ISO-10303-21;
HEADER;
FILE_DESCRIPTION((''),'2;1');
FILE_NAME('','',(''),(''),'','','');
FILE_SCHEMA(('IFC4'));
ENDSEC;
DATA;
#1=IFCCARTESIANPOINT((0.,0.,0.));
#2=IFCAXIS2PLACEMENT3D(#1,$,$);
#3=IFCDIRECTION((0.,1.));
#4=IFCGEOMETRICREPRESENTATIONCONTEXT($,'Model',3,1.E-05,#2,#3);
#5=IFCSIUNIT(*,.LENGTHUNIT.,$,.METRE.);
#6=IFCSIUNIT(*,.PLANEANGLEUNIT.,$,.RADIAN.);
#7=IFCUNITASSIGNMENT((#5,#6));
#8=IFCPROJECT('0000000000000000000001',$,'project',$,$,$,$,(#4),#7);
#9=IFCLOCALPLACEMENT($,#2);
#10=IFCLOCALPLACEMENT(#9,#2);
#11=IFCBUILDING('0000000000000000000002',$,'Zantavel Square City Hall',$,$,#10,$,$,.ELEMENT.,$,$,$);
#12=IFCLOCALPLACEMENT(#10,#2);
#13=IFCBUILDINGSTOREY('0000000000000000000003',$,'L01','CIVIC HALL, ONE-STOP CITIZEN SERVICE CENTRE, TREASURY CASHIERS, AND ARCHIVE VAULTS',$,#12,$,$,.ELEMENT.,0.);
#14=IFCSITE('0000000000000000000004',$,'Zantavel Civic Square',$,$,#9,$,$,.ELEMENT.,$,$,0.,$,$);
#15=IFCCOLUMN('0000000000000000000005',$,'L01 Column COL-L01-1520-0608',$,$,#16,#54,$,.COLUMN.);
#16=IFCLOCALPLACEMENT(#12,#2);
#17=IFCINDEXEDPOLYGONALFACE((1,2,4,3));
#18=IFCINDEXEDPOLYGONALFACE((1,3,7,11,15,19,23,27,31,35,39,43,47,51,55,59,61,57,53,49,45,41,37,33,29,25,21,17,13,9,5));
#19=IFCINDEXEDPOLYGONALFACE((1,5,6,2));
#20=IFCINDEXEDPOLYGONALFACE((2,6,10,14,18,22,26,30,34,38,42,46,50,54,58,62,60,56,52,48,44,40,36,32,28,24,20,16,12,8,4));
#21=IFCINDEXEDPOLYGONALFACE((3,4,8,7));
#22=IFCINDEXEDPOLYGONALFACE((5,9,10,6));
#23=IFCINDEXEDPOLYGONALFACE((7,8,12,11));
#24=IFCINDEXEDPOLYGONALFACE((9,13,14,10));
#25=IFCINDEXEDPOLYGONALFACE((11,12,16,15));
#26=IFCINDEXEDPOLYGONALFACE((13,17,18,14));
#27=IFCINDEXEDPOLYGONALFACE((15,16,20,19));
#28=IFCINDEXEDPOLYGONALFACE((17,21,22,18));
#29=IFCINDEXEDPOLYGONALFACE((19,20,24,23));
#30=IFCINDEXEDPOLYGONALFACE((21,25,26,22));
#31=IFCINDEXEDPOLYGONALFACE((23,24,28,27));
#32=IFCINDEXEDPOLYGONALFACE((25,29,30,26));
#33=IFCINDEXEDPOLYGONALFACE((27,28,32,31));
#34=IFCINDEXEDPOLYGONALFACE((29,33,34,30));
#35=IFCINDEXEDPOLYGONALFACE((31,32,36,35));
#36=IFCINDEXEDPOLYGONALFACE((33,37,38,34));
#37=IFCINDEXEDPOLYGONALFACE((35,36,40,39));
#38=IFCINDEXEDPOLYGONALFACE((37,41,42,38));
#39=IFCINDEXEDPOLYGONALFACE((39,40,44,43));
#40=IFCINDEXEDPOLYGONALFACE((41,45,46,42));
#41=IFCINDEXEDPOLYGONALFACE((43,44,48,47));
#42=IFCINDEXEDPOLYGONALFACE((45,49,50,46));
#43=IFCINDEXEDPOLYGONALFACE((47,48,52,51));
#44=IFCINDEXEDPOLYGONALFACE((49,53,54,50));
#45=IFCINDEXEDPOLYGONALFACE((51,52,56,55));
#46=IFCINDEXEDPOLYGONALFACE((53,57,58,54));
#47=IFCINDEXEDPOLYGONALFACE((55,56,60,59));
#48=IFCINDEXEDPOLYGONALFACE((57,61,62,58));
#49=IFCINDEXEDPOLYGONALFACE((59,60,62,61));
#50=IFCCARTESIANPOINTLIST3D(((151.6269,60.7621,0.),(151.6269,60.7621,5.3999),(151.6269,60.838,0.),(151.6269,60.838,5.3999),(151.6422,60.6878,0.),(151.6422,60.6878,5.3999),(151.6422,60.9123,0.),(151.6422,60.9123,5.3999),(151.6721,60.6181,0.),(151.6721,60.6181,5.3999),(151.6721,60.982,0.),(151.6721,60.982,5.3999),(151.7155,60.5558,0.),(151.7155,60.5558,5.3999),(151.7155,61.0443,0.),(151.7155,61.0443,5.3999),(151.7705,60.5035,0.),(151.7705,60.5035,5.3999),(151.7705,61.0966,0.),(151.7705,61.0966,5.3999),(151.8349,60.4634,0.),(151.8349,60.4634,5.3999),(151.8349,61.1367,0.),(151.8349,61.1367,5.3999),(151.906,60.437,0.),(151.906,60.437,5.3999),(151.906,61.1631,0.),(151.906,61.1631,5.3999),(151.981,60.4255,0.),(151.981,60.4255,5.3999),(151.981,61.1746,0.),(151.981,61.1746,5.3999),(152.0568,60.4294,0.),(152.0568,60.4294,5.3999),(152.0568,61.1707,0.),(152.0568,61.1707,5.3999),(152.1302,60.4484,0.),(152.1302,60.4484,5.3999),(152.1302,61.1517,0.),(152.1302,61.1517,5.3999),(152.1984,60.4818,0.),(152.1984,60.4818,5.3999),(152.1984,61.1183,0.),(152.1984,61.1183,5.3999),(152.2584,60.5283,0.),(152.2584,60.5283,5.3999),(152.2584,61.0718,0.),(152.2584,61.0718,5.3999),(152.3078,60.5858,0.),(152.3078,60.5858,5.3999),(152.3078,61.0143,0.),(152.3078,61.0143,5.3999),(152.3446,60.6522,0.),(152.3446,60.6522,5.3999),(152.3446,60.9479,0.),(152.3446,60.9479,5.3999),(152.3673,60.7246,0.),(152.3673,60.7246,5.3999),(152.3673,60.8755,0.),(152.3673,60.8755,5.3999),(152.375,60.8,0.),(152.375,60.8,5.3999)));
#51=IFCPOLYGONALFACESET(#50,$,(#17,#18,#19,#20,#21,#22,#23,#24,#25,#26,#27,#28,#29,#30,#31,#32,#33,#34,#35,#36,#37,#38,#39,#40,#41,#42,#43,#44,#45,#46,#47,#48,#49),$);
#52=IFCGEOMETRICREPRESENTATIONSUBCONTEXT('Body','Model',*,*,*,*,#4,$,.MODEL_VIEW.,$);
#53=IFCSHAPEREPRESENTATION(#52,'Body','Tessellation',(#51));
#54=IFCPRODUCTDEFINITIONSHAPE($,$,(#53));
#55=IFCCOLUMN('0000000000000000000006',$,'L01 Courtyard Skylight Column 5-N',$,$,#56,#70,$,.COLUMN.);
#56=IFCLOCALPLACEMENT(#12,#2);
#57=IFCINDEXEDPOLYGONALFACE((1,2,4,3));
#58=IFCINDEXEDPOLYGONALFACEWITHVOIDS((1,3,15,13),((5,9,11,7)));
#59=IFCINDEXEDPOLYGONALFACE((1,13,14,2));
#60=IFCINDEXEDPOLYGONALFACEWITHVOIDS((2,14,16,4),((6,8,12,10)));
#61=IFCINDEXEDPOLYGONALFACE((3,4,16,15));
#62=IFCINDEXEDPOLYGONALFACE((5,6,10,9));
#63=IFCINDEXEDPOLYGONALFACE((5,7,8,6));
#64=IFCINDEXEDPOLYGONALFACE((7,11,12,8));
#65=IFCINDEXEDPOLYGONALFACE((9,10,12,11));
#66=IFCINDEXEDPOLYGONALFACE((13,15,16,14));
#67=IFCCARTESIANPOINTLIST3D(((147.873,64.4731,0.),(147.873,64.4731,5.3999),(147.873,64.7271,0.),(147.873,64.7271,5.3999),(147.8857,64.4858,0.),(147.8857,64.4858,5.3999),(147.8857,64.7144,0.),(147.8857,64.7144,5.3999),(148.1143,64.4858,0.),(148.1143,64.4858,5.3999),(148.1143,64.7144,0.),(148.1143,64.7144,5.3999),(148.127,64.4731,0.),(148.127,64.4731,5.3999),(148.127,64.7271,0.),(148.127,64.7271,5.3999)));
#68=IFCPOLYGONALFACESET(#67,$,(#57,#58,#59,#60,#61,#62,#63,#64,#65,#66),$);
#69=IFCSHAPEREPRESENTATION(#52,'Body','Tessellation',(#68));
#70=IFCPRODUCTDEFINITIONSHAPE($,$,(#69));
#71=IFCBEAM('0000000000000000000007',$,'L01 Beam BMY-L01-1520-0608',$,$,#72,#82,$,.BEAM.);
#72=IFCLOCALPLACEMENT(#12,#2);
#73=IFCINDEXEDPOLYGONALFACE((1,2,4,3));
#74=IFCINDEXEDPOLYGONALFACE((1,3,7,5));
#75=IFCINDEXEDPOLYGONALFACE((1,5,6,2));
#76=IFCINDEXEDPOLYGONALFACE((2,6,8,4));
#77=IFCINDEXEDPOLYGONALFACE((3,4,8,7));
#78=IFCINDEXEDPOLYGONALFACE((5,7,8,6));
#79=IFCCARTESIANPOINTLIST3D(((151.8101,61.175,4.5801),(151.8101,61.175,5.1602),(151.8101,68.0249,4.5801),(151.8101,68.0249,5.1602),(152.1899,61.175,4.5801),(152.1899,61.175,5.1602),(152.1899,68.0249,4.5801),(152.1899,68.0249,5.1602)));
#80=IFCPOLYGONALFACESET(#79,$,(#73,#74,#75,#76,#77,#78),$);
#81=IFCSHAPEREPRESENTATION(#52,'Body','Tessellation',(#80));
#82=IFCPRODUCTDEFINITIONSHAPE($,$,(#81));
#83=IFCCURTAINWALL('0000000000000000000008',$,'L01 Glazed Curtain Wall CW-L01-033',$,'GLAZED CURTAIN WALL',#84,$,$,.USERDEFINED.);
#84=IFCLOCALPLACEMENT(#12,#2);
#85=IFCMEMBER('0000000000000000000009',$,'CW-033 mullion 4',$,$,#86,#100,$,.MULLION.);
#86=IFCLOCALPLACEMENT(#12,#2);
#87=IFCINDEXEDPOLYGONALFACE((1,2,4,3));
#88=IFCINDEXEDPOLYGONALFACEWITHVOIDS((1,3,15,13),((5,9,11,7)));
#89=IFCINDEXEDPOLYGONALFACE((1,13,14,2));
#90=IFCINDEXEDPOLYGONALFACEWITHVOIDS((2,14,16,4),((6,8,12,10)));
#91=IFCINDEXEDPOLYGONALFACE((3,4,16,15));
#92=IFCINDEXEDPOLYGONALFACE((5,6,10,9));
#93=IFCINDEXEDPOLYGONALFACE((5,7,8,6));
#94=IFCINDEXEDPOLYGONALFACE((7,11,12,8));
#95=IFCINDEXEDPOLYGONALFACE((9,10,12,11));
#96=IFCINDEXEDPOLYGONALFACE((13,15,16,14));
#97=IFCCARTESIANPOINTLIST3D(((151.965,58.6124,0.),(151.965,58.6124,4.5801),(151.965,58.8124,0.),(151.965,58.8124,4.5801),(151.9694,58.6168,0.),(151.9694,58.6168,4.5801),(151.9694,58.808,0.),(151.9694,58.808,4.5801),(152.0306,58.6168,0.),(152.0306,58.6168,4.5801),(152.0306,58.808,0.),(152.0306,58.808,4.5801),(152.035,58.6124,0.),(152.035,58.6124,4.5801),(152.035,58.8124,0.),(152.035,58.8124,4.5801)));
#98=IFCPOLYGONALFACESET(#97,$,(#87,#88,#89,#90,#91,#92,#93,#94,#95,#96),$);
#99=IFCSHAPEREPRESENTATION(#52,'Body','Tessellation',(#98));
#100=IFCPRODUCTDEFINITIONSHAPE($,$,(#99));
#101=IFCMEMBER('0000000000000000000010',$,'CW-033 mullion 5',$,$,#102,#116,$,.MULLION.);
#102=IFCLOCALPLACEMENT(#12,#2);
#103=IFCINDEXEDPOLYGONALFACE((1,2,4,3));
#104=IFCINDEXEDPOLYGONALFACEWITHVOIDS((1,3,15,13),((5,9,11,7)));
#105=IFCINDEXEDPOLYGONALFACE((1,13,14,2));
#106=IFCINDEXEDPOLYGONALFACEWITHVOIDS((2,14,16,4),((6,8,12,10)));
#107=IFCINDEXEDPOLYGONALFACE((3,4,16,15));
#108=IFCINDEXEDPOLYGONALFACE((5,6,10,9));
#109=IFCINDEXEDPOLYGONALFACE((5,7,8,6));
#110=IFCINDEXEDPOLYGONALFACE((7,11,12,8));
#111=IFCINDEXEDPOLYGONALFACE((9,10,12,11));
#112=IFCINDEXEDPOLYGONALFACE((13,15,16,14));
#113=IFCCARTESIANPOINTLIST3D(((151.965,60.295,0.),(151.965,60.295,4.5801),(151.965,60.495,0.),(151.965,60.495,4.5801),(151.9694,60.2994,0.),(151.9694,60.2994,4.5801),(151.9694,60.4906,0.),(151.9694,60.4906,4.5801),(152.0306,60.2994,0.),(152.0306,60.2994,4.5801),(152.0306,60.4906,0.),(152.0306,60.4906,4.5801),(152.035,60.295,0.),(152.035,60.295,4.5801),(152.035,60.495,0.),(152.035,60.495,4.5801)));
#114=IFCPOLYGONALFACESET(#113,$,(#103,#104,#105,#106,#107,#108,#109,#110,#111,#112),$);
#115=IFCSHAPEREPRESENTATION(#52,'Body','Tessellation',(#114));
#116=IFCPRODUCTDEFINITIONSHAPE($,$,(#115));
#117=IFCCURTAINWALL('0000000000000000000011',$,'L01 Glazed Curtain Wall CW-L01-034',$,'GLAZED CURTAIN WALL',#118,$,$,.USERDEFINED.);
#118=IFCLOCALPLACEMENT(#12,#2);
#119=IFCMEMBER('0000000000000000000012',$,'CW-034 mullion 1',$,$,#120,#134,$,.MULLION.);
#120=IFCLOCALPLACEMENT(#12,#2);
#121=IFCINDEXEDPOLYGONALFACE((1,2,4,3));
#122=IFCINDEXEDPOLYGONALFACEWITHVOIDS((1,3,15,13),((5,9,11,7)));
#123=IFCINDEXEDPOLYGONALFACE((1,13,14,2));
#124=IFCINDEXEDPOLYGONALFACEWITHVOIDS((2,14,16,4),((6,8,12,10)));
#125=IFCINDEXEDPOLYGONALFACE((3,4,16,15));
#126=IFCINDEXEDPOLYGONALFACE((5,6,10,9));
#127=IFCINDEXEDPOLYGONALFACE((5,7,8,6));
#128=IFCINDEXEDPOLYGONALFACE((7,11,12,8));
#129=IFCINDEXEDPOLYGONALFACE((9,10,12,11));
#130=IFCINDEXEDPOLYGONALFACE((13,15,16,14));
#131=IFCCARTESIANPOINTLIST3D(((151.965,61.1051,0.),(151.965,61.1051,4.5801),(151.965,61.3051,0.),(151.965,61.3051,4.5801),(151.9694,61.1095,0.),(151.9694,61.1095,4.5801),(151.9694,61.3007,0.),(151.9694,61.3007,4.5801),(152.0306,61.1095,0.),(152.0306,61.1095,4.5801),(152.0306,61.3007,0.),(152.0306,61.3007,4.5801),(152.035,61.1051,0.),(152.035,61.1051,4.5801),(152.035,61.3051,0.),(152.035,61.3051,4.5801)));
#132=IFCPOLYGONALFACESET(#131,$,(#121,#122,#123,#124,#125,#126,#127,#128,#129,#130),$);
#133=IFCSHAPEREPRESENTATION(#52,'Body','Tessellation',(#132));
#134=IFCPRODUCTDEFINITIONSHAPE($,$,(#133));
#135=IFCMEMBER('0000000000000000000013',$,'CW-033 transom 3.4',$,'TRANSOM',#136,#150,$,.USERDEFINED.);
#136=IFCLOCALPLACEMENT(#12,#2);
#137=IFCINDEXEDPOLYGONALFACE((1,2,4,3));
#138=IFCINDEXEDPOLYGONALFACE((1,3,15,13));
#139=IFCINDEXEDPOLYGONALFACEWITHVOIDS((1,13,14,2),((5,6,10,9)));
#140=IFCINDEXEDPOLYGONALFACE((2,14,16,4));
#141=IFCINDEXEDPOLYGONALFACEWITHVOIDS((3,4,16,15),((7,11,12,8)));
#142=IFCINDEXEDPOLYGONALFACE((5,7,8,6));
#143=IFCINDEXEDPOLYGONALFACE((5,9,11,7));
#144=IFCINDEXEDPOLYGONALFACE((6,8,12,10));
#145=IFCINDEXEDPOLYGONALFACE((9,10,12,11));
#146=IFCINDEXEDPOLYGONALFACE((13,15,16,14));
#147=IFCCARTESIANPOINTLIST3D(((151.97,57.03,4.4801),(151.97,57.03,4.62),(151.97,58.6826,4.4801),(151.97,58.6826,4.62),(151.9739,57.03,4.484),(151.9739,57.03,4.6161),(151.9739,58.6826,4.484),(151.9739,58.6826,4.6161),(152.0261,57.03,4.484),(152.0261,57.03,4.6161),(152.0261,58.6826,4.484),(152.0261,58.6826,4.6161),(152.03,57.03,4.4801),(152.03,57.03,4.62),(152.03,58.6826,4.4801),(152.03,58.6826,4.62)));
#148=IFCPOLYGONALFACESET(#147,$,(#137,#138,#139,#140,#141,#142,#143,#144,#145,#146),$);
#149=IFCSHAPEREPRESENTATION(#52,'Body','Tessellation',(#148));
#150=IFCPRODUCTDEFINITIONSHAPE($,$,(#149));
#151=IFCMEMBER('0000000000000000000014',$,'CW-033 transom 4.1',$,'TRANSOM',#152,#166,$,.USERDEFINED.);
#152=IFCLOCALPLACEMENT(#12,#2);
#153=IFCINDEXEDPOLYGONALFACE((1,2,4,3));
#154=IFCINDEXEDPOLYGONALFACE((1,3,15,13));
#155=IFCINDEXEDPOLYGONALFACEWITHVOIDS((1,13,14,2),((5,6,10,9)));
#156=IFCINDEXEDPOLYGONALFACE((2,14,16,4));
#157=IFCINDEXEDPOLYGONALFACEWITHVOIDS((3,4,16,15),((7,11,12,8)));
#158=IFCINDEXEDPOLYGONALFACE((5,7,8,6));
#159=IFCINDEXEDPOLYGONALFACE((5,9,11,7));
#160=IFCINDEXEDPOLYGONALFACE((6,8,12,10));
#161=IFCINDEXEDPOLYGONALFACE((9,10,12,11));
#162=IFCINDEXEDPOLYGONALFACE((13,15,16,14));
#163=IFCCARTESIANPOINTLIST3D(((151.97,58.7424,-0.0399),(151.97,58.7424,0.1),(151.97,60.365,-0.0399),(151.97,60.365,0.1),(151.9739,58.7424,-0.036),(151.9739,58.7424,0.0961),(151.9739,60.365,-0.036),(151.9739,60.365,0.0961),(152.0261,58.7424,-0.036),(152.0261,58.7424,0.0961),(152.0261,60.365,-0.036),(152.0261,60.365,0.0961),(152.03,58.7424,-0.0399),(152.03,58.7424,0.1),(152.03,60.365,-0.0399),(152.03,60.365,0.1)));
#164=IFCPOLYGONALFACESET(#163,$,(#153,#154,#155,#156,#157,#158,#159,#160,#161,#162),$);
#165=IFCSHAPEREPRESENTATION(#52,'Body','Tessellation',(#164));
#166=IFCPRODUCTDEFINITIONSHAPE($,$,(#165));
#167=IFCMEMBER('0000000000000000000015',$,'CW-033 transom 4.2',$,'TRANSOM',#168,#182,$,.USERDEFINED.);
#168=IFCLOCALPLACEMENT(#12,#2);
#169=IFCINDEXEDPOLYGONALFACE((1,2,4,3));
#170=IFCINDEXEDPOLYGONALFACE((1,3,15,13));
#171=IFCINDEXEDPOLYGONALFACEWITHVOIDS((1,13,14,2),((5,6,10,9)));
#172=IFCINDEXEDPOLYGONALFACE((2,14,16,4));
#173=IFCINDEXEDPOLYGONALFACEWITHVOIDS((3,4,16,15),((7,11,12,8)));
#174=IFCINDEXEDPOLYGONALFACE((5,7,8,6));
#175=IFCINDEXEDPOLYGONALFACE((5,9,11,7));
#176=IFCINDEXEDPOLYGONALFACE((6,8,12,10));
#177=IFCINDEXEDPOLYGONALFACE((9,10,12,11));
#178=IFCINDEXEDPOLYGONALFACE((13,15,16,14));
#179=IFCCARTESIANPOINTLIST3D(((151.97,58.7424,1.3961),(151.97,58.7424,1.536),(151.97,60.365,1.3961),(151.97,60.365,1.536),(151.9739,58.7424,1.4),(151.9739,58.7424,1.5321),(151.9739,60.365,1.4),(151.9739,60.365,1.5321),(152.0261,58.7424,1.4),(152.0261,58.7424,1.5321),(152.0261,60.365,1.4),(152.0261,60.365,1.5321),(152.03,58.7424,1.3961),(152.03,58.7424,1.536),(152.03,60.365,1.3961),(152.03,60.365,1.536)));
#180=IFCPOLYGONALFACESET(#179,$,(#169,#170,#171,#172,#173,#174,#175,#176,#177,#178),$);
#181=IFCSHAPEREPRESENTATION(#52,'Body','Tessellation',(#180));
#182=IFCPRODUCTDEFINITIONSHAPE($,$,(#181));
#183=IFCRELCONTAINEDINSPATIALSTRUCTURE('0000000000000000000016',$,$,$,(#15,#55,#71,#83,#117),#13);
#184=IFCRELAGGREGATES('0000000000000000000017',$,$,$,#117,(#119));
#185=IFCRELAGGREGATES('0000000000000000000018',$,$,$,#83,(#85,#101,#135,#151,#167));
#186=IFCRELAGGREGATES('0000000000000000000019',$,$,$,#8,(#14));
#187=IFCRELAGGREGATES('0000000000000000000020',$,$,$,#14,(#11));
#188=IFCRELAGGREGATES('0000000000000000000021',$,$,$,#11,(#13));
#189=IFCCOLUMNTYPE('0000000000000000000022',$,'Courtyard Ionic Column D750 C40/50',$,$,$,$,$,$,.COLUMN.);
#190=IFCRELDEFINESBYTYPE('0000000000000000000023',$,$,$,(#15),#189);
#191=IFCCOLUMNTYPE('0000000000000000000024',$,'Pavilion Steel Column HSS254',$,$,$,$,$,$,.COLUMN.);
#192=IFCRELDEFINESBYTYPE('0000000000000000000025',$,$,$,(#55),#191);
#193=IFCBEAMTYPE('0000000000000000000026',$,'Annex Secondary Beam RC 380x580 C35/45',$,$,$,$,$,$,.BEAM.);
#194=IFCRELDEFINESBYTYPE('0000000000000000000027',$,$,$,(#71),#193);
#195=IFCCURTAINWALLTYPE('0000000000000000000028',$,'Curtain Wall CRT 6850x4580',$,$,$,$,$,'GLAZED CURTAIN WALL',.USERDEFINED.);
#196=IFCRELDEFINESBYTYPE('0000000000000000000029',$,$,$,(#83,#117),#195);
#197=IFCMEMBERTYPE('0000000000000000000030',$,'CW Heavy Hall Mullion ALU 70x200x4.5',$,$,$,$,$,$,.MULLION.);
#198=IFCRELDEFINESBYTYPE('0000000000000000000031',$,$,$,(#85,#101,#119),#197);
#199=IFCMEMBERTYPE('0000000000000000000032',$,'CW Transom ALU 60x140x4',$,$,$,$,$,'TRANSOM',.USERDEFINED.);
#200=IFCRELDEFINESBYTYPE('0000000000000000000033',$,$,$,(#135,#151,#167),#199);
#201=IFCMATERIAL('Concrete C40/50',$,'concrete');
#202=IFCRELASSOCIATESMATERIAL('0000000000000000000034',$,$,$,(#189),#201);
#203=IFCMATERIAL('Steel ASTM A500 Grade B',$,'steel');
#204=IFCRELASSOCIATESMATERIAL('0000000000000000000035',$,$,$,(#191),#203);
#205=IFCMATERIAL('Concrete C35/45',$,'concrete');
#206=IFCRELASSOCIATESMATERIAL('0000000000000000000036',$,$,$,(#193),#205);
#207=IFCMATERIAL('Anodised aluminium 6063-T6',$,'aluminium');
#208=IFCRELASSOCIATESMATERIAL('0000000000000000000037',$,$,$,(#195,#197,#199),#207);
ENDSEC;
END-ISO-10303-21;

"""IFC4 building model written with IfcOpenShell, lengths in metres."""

from ifc_helpers import new_model, si_unit, direction, frame, origin, origin_2d, place, context, subcontext, project, spatial, rectangle, hollow_rectangle, circle, extrude, material, material_profile, profile_set, type_object, element, aggregate, save


model = new_model("IFC4")

# Units and contexts
model_context = context("Model", 3, precision=1e-05, world=origin(), true_north=direction((0.0, 1.0)))
body_context = subcontext(model_context, "Body", "Model", "MODEL_VIEW")
ifc_project = project(units=[si_unit("LENGTHUNIT", "METRE"), si_unit("PLANEANGLEUNIT", "RADIAN")], contexts=[model_context])

# Site, building, storey
site_placement = place(None, origin())
site = spatial("IfcSite", under=ifc_project, at=site_placement, Name="Zantavel Civic Square", CompositionType="ELEMENT", RefElevation=0.0)
building_placement = place(site_placement, origin())
building = spatial("IfcBuilding", under=site, at=building_placement, Name="Zantavel Square City Hall", CompositionType="ELEMENT")
storey_placement = place(building_placement, origin())
storey = spatial("IfcBuildingStorey", under=building, at=storey_placement, Name="L01", Description="CIVIC HALL, ONE-STOP CITIZEN SERVICE CENTRE, TREASURY CASHIERS, AND ARCHIVE VAULTS", CompositionType="ELEMENT", Elevation=0.0)

# Columns
ifc_material_1 = material(Name="Concrete C40/50", Category="concrete")
ifc_material_profile_1 = material_profile(ifc_material_1, circle(Radius=0.375, at=origin_2d()), Name="ROUND D750")
ifc_profile_set_1 = profile_set([ifc_material_profile_1], Name="Concrete C40/50")
column_type_1 = type_object("IfcColumnType", Name="Courtyard Ionic Column D750 C40/50", PredefinedType="COLUMN", material=ifc_profile_set_1)
column_1_placement = place(storey_placement, frame((152.0, 60.8, 0.0), z_axis=(0.0, 0.0, 1.0), x_axis=(1.0, 0.0, 0.0)))
element("IfcColumn", 1, at=column_1_placement, inside=storey, type_object=column_type_1, Name="L01 Column COL-L01-1520-0608", PredefinedType="COLUMN", context=body_context, shape_type="SweptSolid", body=[
    extrude(circle(Radius=0.375, at=origin_2d()), origin(), (0.0, 0.0, 1.0), 5.3999),
])
ifc_material_2 = material(Name="Steel ASTM A500 Grade B", Category="steel")
ifc_material_profile_2 = material_profile(ifc_material_2, hollow_rectangle(XDim=0.2539, YDim=0.2539, WallThickness=0.0127, at=origin_2d()), Name="HSS 254x254x12.7")
ifc_profile_set_2 = profile_set([ifc_material_profile_2], Name="Steel ASTM A500 Grade B")
column_type_2 = type_object("IfcColumnType", Name="Pavilion Steel Column HSS254", PredefinedType="COLUMN", material=ifc_profile_set_2)
column_2_placement = place(storey_placement, frame((148.0, 64.6001, 0.0), z_axis=(0.0, 0.0, 1.0), x_axis=(1.0, 0.0, 0.0)))
element("IfcColumn", 2, at=column_2_placement, inside=storey, type_object=column_type_2, Name="L01 Courtyard Skylight Column 5-N", PredefinedType="COLUMN", context=body_context, shape_type="SweptSolid", body=[
    extrude(hollow_rectangle(XDim=0.2539, YDim=0.2539, WallThickness=0.0127, at=origin_2d()), origin(), (0.0, 0.0, 1.0), 5.3999),
])

# Beam
ifc_material_3 = material(Name="Concrete C35/45", Category="concrete")
ifc_material_profile_3 = material_profile(ifc_material_3, rectangle(XDim=0.3799, YDim=0.5801, at=origin_2d()), Name="RC 380x580")
ifc_profile_set_3 = profile_set([ifc_material_profile_3], Name="Concrete C35/45")
beam_type = type_object("IfcBeamType", Name="Annex Secondary Beam RC 380x580 C35/45", PredefinedType="BEAM", material=ifc_profile_set_3)
beam_placement = place(storey_placement, frame((152.0, 61.175, 4.8701), z_axis=(0.0, 1.0, 0.0), x_axis=(-1.0, 0.0, 0.0)))
element("IfcBeam", 3, at=beam_placement, inside=storey, type_object=beam_type, Name="L01 Beam BMY-L01-1520-0608", PredefinedType="BEAM", context=body_context, shape_type="SweptSolid", body=[
    extrude(rectangle(XDim=0.3799, YDim=0.5801, at=origin_2d()), origin(), (0.0, 0.0, 1.0), 6.8499),
])

# Curtain wall, members
ifc_material_4 = material(Name="Anodised aluminium 6063-T6", Category="aluminium")
curtain_wall_type = type_object("IfcCurtainWallType", Name="Curtain Wall CRT 6850x4580", ElementType="GLAZED CURTAIN WALL", PredefinedType="USERDEFINED", material=ifc_material_4)
curtain_wall_1_placement = place(storey_placement, origin())
curtain_wall_1 = element("IfcCurtainWall", 4, at=curtain_wall_1_placement, inside=storey, type_object=curtain_wall_type, Name="L01 Glazed Curtain Wall CW-L01-033", ObjectType="GLAZED CURTAIN WALL", PredefinedType="USERDEFINED")
ifc_material_profile_4 = material_profile(ifc_material_4, hollow_rectangle(XDim=0.0701, YDim=0.2, WallThickness=0.0044, at=origin_2d()), Name="ALU 70x200x4.5")
ifc_profile_set_4 = profile_set([ifc_material_profile_4], Name="Anodised aluminium 6063-T6")
member_type_1 = type_object("IfcMemberType", Name="CW Heavy Hall Mullion ALU 70x200x4.5", PredefinedType="MULLION", material=ifc_profile_set_4)
member_1_placement = place(storey_placement, frame((152.0, 58.7124, 0.0), z_axis=(0.0, 0.0, 1.0), x_axis=(-1.0, 0.0, 0.0)))
member_1 = element("IfcMember", 5, at=member_1_placement, type_object=member_type_1, Name="CW-033 mullion 4", PredefinedType="MULLION", context=body_context, shape_type="SweptSolid", body=[
    extrude(hollow_rectangle(XDim=0.0701, YDim=0.2, WallThickness=0.0044, at=origin_2d()), origin(), (0.0, 0.0, 1.0), 4.5801),
])
member_2_placement = place(storey_placement, frame((152.0, 60.395, 0.0), z_axis=(0.0, 0.0, 1.0), x_axis=(-1.0, 0.0, 0.0)))
member_2 = element("IfcMember", 6, at=member_2_placement, type_object=member_type_1, Name="CW-033 mullion 5", PredefinedType="MULLION", context=body_context, shape_type="SweptSolid", body=[
    extrude(hollow_rectangle(XDim=0.0701, YDim=0.2, WallThickness=0.0044, at=origin_2d()), origin(), (0.0, 0.0, 1.0), 4.5801),
])

# Curtain wall, member
curtain_wall_2_placement = place(storey_placement, origin())
curtain_wall_2 = element("IfcCurtainWall", 7, at=curtain_wall_2_placement, inside=storey, type_object=curtain_wall_type, Name="L01 Glazed Curtain Wall CW-L01-034", ObjectType="GLAZED CURTAIN WALL", PredefinedType="USERDEFINED")
member_3_placement = place(storey_placement, frame((152.0, 61.2051, 0.0), z_axis=(0.0, 0.0, 1.0), x_axis=(-1.0, 0.0, 0.0)))
member_3 = element("IfcMember", 8, at=member_3_placement, type_object=member_type_1, Name="CW-034 mullion 1", PredefinedType="MULLION", context=body_context, shape_type="SweptSolid", body=[
    extrude(hollow_rectangle(XDim=0.0701, YDim=0.2, WallThickness=0.0044, at=origin_2d()), origin(), (0.0, 0.0, 1.0), 4.5801),
])

# Members
ifc_material_profile_5 = material_profile(ifc_material_4, hollow_rectangle(XDim=0.0601, YDim=0.1399, WallThickness=0.0039, at=origin_2d()), Name="ALU 60x140x4")
ifc_profile_set_5 = profile_set([ifc_material_profile_5], Name="Anodised aluminium 6063-T6")
member_type_2 = type_object("IfcMemberType", Name="CW Transom ALU 60x140x4", ElementType="TRANSOM", PredefinedType="USERDEFINED", material=ifc_profile_set_5)
member_4_placement = place(storey_placement, frame((152.0, 57.03, 4.55), z_axis=(0.0, 1.0, 0.0), x_axis=(-1.0, 0.0, 0.0)))
member_4 = element("IfcMember", 9, at=member_4_placement, type_object=member_type_2, Name="CW-033 transom 3.4", ObjectType="TRANSOM", PredefinedType="USERDEFINED", context=body_context, shape_type="SweptSolid", body=[
    extrude(hollow_rectangle(XDim=0.0601, YDim=0.1399, WallThickness=0.0039, at=origin_2d()), origin(), (0.0, 0.0, 1.0), 1.6526),
])
member_5_placement = place(storey_placement, frame((152.0, 58.7424, 0.03), z_axis=(0.0, 1.0, 0.0), x_axis=(-1.0, 0.0, 0.0)))
member_5 = element("IfcMember", 10, at=member_5_placement, type_object=member_type_2, Name="CW-033 transom 4.1", ObjectType="TRANSOM", PredefinedType="USERDEFINED", context=body_context, shape_type="SweptSolid", body=[
    extrude(hollow_rectangle(XDim=0.0601, YDim=0.1399, WallThickness=0.0039, at=origin_2d()), origin(), (0.0, 0.0, 1.0), 1.6226),
])
member_6_placement = place(storey_placement, frame((152.0, 58.7424, 1.4661), z_axis=(0.0, 1.0, 0.0), x_axis=(-1.0, 0.0, 0.0)))
member_6 = element("IfcMember", 11, at=member_6_placement, type_object=member_type_2, Name="CW-033 transom 4.2", ObjectType="TRANSOM", PredefinedType="USERDEFINED", context=body_context, shape_type="SweptSolid", body=[
    extrude(hollow_rectangle(XDim=0.0601, YDim=0.1399, WallThickness=0.0039, at=origin_2d()), origin(), (0.0, 0.0, 1.0), 1.6226),
])
aggregate(curtain_wall_2, [member_3])

aggregate(curtain_wall_1, [member_1, member_2, member_4, member_5, member_6])

save(model, "model.ifc")
